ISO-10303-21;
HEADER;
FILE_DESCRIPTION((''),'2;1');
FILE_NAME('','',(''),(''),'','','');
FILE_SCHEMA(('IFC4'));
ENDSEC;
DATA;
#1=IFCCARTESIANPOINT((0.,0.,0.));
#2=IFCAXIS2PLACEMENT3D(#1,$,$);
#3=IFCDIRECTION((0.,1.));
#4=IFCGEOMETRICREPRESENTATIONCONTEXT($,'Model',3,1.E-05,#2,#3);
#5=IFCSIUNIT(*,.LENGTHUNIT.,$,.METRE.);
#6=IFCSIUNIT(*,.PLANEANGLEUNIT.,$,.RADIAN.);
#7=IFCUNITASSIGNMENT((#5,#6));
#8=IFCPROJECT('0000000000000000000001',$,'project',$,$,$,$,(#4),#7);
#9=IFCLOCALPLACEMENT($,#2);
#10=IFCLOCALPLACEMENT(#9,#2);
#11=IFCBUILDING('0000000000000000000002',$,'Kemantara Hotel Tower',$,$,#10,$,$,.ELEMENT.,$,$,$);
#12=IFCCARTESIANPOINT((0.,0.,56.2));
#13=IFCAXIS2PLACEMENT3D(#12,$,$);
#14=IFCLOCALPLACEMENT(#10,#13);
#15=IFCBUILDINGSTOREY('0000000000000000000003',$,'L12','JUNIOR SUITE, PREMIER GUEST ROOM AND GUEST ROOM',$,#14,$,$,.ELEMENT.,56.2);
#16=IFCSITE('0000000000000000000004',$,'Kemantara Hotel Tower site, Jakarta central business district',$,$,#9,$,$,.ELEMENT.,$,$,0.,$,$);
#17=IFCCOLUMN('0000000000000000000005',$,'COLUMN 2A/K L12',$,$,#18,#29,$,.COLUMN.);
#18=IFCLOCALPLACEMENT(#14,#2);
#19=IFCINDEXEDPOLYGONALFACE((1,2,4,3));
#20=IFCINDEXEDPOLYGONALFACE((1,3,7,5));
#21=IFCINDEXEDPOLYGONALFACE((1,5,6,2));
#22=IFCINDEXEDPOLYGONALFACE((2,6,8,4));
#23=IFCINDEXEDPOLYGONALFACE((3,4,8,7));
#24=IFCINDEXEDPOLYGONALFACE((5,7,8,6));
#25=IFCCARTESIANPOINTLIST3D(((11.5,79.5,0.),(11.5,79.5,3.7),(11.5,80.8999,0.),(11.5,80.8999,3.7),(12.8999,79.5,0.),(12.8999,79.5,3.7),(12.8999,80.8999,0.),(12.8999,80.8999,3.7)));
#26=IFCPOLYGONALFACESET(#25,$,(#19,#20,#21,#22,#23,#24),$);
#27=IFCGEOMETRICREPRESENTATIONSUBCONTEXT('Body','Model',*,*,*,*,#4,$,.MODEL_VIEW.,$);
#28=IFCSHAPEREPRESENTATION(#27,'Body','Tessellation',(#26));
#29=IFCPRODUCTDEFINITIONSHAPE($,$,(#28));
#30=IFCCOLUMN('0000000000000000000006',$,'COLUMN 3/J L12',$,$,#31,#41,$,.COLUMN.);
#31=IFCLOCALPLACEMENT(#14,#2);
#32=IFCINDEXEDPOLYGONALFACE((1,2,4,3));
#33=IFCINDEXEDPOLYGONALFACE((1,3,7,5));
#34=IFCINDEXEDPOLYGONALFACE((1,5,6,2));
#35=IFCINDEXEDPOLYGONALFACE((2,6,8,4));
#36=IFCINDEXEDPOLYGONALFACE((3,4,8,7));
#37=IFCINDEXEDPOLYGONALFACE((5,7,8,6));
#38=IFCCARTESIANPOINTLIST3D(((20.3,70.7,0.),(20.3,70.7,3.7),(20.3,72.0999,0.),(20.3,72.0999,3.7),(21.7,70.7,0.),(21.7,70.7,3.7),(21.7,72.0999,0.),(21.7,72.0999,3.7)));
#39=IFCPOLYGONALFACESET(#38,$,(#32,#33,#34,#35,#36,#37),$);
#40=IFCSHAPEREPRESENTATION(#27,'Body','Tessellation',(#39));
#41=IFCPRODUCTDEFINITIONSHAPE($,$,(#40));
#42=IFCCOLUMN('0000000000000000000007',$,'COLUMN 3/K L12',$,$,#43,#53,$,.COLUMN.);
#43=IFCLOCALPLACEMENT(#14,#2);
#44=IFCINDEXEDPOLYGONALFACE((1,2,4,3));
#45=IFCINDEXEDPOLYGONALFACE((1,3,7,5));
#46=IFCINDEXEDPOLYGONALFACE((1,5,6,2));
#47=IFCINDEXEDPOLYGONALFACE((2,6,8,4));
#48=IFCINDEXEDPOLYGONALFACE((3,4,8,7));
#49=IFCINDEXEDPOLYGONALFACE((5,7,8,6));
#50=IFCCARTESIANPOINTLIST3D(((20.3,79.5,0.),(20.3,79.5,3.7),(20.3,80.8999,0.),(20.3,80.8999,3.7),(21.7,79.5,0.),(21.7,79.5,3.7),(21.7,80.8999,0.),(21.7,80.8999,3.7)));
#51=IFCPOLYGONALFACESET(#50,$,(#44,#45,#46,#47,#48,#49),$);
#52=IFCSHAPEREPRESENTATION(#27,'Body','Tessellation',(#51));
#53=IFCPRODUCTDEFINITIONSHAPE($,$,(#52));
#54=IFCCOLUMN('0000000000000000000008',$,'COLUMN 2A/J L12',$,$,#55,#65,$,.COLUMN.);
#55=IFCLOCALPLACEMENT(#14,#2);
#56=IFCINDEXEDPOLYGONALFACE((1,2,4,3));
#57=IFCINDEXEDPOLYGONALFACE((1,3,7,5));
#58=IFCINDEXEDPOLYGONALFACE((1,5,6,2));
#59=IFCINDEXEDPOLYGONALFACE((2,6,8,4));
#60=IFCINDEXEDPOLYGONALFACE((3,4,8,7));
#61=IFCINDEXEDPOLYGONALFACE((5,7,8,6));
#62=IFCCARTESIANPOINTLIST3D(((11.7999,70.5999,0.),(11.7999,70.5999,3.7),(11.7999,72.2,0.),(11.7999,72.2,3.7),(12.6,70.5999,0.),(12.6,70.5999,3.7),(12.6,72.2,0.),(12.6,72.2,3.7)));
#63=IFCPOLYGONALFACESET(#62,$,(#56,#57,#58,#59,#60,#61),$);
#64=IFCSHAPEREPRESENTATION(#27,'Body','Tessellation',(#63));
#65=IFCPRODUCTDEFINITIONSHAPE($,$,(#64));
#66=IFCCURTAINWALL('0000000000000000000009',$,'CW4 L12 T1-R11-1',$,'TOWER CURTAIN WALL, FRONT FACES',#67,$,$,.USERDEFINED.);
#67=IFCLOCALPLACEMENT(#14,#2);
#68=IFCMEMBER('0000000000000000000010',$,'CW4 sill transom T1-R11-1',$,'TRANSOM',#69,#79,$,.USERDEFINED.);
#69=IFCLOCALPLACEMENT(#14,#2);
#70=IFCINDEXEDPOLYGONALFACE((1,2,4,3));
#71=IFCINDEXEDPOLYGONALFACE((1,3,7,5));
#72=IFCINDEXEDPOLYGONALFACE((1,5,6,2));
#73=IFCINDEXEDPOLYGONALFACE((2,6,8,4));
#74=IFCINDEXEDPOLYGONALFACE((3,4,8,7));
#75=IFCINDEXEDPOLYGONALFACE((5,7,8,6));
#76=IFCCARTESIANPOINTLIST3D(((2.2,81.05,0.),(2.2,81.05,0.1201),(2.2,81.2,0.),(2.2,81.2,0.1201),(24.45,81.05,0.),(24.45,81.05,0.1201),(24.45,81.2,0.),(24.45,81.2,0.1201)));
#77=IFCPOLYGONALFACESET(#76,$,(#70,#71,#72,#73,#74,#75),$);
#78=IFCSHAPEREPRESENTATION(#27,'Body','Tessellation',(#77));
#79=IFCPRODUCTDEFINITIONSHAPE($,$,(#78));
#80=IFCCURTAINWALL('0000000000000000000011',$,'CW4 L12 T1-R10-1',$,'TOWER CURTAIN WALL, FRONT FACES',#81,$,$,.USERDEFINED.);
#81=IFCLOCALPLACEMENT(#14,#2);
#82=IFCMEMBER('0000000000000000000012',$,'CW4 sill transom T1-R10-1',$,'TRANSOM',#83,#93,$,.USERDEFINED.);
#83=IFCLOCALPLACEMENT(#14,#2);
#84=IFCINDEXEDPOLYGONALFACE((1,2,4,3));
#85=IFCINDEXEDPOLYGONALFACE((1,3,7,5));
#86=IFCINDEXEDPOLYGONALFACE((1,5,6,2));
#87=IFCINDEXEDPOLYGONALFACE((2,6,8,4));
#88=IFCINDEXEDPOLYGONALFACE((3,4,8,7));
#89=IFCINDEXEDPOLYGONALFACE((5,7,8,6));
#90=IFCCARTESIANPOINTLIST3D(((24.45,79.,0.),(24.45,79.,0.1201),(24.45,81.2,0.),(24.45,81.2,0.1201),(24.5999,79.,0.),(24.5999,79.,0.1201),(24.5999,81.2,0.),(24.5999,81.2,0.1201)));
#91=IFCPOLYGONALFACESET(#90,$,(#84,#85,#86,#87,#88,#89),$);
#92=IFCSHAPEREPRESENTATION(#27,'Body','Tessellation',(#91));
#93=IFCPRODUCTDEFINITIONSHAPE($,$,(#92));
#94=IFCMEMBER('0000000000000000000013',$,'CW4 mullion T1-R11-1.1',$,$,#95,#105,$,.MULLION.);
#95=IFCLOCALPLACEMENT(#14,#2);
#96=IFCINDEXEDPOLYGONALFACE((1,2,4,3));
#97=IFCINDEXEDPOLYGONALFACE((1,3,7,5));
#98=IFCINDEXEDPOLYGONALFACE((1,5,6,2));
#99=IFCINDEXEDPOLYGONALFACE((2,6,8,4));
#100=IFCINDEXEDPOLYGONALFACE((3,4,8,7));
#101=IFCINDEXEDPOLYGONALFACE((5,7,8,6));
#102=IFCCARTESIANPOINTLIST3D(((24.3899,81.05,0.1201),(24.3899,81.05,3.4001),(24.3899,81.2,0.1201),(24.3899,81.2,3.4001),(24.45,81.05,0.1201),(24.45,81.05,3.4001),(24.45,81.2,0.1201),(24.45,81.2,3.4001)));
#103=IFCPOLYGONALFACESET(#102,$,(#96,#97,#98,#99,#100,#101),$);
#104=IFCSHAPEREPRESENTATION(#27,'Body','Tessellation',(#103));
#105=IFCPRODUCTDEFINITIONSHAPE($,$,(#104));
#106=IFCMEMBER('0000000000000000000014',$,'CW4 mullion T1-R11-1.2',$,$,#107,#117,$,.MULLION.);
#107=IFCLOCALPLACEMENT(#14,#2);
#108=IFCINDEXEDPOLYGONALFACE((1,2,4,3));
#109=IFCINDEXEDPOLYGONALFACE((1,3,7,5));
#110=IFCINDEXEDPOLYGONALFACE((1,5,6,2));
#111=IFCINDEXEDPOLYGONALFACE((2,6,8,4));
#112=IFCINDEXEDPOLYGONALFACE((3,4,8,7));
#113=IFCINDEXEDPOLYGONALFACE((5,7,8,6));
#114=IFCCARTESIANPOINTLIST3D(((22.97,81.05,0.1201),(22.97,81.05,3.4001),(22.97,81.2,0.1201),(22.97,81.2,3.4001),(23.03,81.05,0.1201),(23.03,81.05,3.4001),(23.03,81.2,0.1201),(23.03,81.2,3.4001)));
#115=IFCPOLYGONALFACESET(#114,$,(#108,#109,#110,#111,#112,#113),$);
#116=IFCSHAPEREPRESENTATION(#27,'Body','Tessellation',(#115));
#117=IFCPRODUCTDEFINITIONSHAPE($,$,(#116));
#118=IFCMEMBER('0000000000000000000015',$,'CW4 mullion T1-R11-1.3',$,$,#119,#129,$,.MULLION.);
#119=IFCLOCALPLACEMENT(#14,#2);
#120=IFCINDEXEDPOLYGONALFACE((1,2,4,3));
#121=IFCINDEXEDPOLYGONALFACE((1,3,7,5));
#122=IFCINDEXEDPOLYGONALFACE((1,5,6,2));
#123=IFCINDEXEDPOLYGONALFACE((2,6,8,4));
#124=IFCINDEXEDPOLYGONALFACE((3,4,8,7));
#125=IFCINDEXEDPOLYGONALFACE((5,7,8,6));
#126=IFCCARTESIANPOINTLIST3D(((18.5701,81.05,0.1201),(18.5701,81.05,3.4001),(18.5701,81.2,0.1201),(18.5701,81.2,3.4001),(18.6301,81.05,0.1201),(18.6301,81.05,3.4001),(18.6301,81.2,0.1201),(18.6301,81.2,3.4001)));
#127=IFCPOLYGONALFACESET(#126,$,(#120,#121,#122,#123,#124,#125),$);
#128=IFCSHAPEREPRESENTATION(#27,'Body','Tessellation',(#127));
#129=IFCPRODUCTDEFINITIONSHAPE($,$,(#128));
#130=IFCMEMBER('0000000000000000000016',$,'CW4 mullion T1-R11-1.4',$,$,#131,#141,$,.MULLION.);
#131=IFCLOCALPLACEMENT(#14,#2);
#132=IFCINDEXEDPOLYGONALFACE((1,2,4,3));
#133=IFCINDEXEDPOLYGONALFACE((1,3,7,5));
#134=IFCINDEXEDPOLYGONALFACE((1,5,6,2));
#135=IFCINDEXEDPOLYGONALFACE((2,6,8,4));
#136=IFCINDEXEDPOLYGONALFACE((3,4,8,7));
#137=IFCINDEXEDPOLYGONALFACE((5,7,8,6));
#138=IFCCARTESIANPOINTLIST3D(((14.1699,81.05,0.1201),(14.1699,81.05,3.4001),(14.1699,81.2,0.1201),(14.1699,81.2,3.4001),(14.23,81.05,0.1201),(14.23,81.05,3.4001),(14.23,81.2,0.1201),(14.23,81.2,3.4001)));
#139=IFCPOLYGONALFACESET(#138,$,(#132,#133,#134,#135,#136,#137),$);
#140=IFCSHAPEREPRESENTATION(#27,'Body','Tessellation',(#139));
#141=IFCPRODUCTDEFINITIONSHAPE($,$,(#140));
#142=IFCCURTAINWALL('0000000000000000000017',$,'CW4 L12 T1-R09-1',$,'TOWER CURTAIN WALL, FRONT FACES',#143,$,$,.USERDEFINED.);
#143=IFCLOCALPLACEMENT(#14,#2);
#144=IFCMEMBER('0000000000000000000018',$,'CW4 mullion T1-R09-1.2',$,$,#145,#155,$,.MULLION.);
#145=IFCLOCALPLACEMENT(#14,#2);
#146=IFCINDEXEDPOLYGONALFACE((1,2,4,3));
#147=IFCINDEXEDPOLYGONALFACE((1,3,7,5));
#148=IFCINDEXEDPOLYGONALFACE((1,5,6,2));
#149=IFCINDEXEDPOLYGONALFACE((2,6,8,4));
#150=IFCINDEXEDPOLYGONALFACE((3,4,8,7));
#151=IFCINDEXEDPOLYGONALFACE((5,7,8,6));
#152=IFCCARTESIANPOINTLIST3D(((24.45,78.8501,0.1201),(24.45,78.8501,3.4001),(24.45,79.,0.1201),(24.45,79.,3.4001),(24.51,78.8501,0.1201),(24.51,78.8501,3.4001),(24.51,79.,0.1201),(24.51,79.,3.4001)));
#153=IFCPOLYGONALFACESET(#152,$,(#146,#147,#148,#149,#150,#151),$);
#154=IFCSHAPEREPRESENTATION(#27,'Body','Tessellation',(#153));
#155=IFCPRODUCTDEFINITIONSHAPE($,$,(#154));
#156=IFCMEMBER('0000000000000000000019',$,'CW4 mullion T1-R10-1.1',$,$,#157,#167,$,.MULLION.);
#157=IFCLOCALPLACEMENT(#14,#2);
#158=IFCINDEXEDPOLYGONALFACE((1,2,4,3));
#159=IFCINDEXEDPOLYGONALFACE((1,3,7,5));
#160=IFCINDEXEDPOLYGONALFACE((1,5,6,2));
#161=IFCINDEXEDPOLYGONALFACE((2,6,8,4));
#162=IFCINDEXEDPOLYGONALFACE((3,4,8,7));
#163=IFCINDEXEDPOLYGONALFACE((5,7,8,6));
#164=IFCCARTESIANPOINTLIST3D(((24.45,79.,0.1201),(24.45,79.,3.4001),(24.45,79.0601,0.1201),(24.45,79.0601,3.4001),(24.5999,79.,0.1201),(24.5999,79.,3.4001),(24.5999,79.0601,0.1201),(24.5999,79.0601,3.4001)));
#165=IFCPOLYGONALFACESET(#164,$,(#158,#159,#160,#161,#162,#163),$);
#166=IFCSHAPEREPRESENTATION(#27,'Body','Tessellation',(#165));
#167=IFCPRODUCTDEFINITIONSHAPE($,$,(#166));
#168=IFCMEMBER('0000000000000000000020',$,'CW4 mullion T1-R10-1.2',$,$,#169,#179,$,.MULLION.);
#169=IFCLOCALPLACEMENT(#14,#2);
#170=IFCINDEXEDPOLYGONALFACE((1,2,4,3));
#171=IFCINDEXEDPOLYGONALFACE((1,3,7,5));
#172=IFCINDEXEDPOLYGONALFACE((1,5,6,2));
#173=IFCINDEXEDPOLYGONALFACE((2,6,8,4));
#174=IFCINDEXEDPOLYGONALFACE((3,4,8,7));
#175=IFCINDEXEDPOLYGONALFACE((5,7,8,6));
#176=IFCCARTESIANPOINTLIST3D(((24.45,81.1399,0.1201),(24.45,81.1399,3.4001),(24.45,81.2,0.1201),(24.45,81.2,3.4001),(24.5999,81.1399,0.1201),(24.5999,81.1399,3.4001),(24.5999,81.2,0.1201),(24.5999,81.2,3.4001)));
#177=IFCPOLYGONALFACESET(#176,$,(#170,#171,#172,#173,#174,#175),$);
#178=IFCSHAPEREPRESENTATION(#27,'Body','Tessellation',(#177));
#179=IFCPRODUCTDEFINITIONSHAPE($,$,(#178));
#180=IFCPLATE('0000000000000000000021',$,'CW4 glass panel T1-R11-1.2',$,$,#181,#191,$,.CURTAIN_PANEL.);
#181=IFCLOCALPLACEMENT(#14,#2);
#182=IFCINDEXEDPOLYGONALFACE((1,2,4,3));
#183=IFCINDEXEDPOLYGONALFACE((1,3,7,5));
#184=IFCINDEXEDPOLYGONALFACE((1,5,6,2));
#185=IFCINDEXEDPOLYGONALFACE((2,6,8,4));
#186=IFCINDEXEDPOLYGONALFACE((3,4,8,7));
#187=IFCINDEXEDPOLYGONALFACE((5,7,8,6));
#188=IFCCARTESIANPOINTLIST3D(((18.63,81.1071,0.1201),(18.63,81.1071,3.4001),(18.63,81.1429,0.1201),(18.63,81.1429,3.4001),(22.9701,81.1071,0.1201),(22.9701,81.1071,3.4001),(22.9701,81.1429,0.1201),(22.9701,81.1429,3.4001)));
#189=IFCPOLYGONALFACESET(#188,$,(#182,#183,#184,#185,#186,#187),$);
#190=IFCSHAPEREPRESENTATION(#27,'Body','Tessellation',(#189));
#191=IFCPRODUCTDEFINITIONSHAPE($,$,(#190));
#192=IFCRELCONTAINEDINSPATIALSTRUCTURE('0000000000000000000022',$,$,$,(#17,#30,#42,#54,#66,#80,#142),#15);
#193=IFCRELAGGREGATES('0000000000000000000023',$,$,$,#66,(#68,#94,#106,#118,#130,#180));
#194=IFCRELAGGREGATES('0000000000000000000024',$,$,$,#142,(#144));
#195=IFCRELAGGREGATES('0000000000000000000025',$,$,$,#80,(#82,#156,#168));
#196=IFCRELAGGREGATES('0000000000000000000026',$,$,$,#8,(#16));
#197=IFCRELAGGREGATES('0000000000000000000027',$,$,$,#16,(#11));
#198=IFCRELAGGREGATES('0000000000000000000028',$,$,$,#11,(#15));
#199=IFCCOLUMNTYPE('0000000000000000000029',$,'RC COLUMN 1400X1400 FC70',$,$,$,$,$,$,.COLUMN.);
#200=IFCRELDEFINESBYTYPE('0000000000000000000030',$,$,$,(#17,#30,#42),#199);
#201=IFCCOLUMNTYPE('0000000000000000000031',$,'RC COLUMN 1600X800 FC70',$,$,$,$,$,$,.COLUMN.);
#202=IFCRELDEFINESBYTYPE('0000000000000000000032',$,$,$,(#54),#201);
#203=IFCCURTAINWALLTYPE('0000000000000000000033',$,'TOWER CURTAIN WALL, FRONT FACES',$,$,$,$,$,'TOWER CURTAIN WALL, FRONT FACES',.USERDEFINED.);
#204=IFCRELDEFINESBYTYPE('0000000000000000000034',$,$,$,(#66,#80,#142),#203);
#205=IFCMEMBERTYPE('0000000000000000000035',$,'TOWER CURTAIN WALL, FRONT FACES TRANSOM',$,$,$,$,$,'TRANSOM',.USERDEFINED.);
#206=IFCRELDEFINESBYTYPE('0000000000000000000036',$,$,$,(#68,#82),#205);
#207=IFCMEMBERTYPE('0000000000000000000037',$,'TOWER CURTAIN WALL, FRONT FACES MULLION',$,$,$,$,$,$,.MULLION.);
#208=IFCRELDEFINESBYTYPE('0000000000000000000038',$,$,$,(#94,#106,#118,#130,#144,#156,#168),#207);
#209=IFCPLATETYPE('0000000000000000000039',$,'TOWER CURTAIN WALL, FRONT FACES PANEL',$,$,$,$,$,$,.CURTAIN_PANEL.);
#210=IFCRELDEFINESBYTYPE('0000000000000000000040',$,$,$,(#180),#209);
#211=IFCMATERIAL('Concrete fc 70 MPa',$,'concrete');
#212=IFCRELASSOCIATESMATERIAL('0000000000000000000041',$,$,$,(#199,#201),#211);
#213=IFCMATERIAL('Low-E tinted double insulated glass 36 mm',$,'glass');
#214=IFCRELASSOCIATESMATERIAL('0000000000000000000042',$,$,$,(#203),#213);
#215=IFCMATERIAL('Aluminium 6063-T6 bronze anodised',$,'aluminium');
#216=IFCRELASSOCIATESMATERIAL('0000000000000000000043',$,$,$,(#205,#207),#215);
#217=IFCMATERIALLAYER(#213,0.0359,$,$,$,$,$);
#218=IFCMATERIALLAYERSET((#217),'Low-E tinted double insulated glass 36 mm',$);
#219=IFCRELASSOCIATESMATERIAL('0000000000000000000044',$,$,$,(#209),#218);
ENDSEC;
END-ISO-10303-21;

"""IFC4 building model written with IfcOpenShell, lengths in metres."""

from ifc_helpers import new_model, si_unit, direction, frame, origin, origin_2d, place, context, subcontext, project, spatial, rectangle, extrude, source, transform, mapped, material, layer, layer_set, material_profile, profile_set, type_object, element, aggregate, save


model = new_model("IFC4")

# Units and contexts
model_context = context("Model", 3, precision=1e-05, world=origin(), true_north=direction((0.0, 1.0)))
body_context = subcontext(model_context, "Body", "Model", "MODEL_VIEW")
ifc_project = project(units=[si_unit("LENGTHUNIT", "METRE"), si_unit("PLANEANGLEUNIT", "RADIAN")], contexts=[model_context])

# Site, building, storey
site_placement = place(None, origin())
site = spatial("IfcSite", under=ifc_project, at=site_placement, Name="Kemantara Hotel Tower site, Jakarta central business district", CompositionType="ELEMENT", RefElevation=0.0)
building_placement = place(site_placement, origin())
building = spatial("IfcBuilding", under=site, at=building_placement, Name="Kemantara Hotel Tower", CompositionType="ELEMENT")
storey_placement = place(building_placement, frame((0.0, 0.0, 56.2)))
storey = spatial("IfcBuildingStorey", under=building, at=storey_placement, Name="L12", Description="JUNIOR SUITE, PREMIER GUEST ROOM AND GUEST ROOM", CompositionType="ELEMENT", Elevation=56.2)

# Columns
ifc_material_1 = material(Name="Concrete fc 70 MPa", Category="concrete")
ifc_material_profile_1 = material_profile(ifc_material_1, rectangle(XDim=1.3999, YDim=1.3999, at=origin_2d()), Name="RC 1400X1400")
ifc_profile_set_1 = profile_set([ifc_material_profile_1], Name="Concrete fc 70 MPa")
column_type_1 = type_object("IfcColumnType", Name="RC COLUMN 1400X1400 FC70", PredefinedType="COLUMN", material=ifc_profile_set_1)
for number, where, z_axis, x_axis, name in (
    (1, (12.2, 80.2, 0.0), (0.0, 0.0, 1.0), (1.0, 0.0, 0.0), "COLUMN 2A/K L12"),
    (2, (21.0, 71.3999, 0.0), (0.0, 0.0, 1.0), (1.0, 0.0, 0.0), "COLUMN 3/J L12"),
    (3, (21.0, 80.2, 0.0), (0.0, 0.0, 1.0), (1.0, 0.0, 0.0), "COLUMN 3/K L12"),
):
    element("IfcColumn", number, at=place(storey_placement, frame(where, z_axis=z_axis, x_axis=x_axis)), inside=storey, type_object=column_type_1, Name=name, PredefinedType="COLUMN", context=body_context, shape_type="SweptSolid", body=[
        extrude(rectangle(XDim=1.3999, YDim=1.3999, at=origin_2d()), origin(), (0.0, 0.0, 1.0), 3.7),
    ])
ifc_material_profile_2 = material_profile(ifc_material_1, rectangle(XDim=1.6001, YDim=0.8, at=origin_2d()), Name="RC 1600X800")
ifc_profile_set_2 = profile_set([ifc_material_profile_2], Name="Concrete fc 70 MPa")
column_type_2 = type_object("IfcColumnType", Name="RC COLUMN 1600X800 FC70", PredefinedType="COLUMN", material=ifc_profile_set_2)
column_placement = place(storey_placement, frame((12.2, 71.3999, 0.0), z_axis=(0.0, 0.0, 1.0), x_axis=(0.0, 1.0, 0.0)))
element("IfcColumn", 4, at=column_placement, inside=storey, type_object=column_type_2, Name="COLUMN 2A/J L12", PredefinedType="COLUMN", context=body_context, shape_type="SweptSolid", body=[
    extrude(rectangle(XDim=1.6001, YDim=0.8, at=origin_2d()), origin(), (0.0, 0.0, 1.0), 3.7),
])

# Curtain walls, members
ifc_material_2 = material(Name="Low-E tinted double insulated glass 36 mm", Category="glass")
curtain_wall_type = type_object("IfcCurtainWallType", Name="TOWER CURTAIN WALL, FRONT FACES", ElementType="TOWER CURTAIN WALL, FRONT FACES", PredefinedType="USERDEFINED", material=ifc_material_2)
curtain_wall_1_placement = place(storey_placement, origin())
curtain_wall_1 = element("IfcCurtainWall", 5, at=curtain_wall_1_placement, inside=storey, type_object=curtain_wall_type, Name="CW4 L12 T1-R11-1", ObjectType="TOWER CURTAIN WALL, FRONT FACES", PredefinedType="USERDEFINED")
ifc_material_3 = material(Name="Aluminium 6063-T6 bronze anodised", Category="aluminium")
ifc_material_profile_3 = material_profile(ifc_material_3, rectangle(XDim=0.1499, YDim=0.1201, at=origin_2d()), Name="TOWER CURTAIN WALL, FRONT FACES TRANSOM")
ifc_profile_set_3 = profile_set([ifc_material_profile_3], Name="Aluminium 6063-T6 bronze anodised")
member_type_1 = type_object("IfcMemberType", Name="TOWER CURTAIN WALL, FRONT FACES TRANSOM", ElementType="TRANSOM", PredefinedType="USERDEFINED", material=ifc_profile_set_3)
member_1_placement = place(storey_placement, frame((24.45, 81.125, 0.0601), z_axis=(-1.0, 0.0, 0.0), x_axis=(0.0, -1.0, 0.0)))
member_1 = element("IfcMember", 6, at=member_1_placement, type_object=member_type_1, Name="CW4 sill transom T1-R11-1", ObjectType="TRANSOM", PredefinedType="USERDEFINED", context=body_context, shape_type="SweptSolid", body=[
    extrude(rectangle(XDim=0.1499, YDim=0.1201, at=origin_2d()), origin(), (0.0, 0.0, 1.0), 22.25),
])
curtain_wall_2_placement = place(storey_placement, origin())
curtain_wall_2 = element("IfcCurtainWall", 7, at=curtain_wall_2_placement, inside=storey, type_object=curtain_wall_type, Name="CW4 L12 T1-R10-1", ObjectType="TOWER CURTAIN WALL, FRONT FACES", PredefinedType="USERDEFINED")
member_2_placement = place(storey_placement, frame((24.5249, 79.0, 0.0601), z_axis=(0.0, 1.0, 0.0), x_axis=(-1.0, 0.0, 0.0)))
member_2 = element("IfcMember", 8, at=member_2_placement, type_object=member_type_1, Name="CW4 sill transom T1-R10-1", ObjectType="TRANSOM", PredefinedType="USERDEFINED", context=body_context, shape_type="SweptSolid", body=[
    extrude(rectangle(XDim=0.1499, YDim=0.1201, at=origin_2d()), origin(), (0.0, 0.0, 1.0), 2.2),
])

# Members
ifc_material_profile_4 = material_profile(ifc_material_3, rectangle(XDim=0.1499, YDim=0.0601, at=origin_2d()), Name="TOWER CURTAIN WALL, FRONT FACES MULLION")
ifc_profile_set_4 = profile_set([ifc_material_profile_4], Name="Aluminium 6063-T6 bronze anodised")
member_type_2 = type_object("IfcMemberType", Name="TOWER CURTAIN WALL, FRONT FACES MULLION", PredefinedType="MULLION", material=ifc_profile_set_4)
shared_shape_1 = source(origin(), body_context, "Body", "SweptSolid", [
    extrude(rectangle(XDim=0.1499, YDim=0.0601, at=origin_2d()), origin(), (0.0, 0.0, 1.0), 3.28),
])
member_3_placement = place(storey_placement, frame((24.4199, 81.125, 0.1201), z_axis=(0.0, 0.0, 1.0), x_axis=(0.0, -1.0, 0.0)))
member_3 = element("IfcMember", 9, at=member_3_placement, type_object=member_type_2, Name="CW4 mullion T1-R11-1.1", PredefinedType="MULLION", context=body_context, shape_type="MappedRepresentation", body=[
    mapped(shared_shape_1, transform((0.0, 0.0, 0.0))),
])
member_4_placement = place(storey_placement, frame((23.0, 81.125, 0.1201), z_axis=(0.0, 0.0, 1.0), x_axis=(0.0, -1.0, 0.0)))
member_4 = element("IfcMember", 10, at=member_4_placement, type_object=member_type_2, Name="CW4 mullion T1-R11-1.2", PredefinedType="MULLION", context=body_context, shape_type="MappedRepresentation", body=[
    mapped(shared_shape_1, transform((0.0, 0.0, 0.0))),
])
member_5_placement = place(storey_placement, frame((18.6001, 81.125, 0.1201), z_axis=(0.0, 0.0, 1.0), x_axis=(0.0, -1.0, 0.0)))
member_5 = element("IfcMember", 11, at=member_5_placement, type_object=member_type_2, Name="CW4 mullion T1-R11-1.3", PredefinedType="MULLION", context=body_context, shape_type="MappedRepresentation", body=[
    mapped(shared_shape_1, transform((0.0, 0.0, 0.0))),
])
member_6_placement = place(storey_placement, frame((14.2, 81.125, 0.1201), z_axis=(0.0, 0.0, 1.0), x_axis=(0.0, -1.0, 0.0)))
member_6 = element("IfcMember", 12, at=member_6_placement, type_object=member_type_2, Name="CW4 mullion T1-R11-1.4", PredefinedType="MULLION", context=body_context, shape_type="MappedRepresentation", body=[
    mapped(shared_shape_1, transform((0.0, 0.0, 0.0))),
])

# Curtain wall, member
curtain_wall_3_placement = place(storey_placement, origin())
curtain_wall_3 = element("IfcCurtainWall", 13, at=curtain_wall_3_placement, inside=storey, type_object=curtain_wall_type, Name="CW4 L12 T1-R09-1", ObjectType="TOWER CURTAIN WALL, FRONT FACES", PredefinedType="USERDEFINED")
member_7_placement = place(storey_placement, frame((24.48, 78.925, 0.1201), z_axis=(0.0, 0.0, 1.0), x_axis=(0.0, -1.0, 0.0)))
member_7 = element("IfcMember", 14, at=member_7_placement, type_object=member_type_2, Name="CW4 mullion T1-R09-1.2", PredefinedType="MULLION", context=body_context, shape_type="MappedRepresentation", body=[
    mapped(shared_shape_1, transform((0.0, 0.0, 0.0))),
])

# Members
member_8_placement = place(storey_placement, frame((24.5249, 79.03, 0.1201), z_axis=(0.0, 0.0, 1.0), x_axis=(-1.0, 0.0, 0.0)))
member_8 = element("IfcMember", 15, at=member_8_placement, type_object=member_type_2, Name="CW4 mullion T1-R10-1.1", PredefinedType="MULLION", context=body_context, shape_type="MappedRepresentation", body=[
    mapped(shared_shape_1, transform((0.0, 0.0, 0.0))),
])
member_9_placement = place(storey_placement, frame((24.5249, 81.1699, 0.1201), z_axis=(0.0, 0.0, 1.0), x_axis=(-1.0, 0.0, 0.0)))
member_9 = element("IfcMember", 16, at=member_9_placement, type_object=member_type_2, Name="CW4 mullion T1-R10-1.2", PredefinedType="MULLION", context=body_context, shape_type="MappedRepresentation", body=[
    mapped(shared_shape_1, transform((0.0, 0.0, 0.0))),
])

# Plate
ifc_layer_1 = layer(ifc_material_2, 0.0359)
ifc_layer_set_1 = layer_set([ifc_layer_1], Name="Low-E tinted double insulated glass 36 mm")
plate_type = type_object("IfcPlateType", Name="TOWER CURTAIN WALL, FRONT FACES PANEL", PredefinedType="CURTAIN_PANEL", material=ifc_layer_set_1)
shared_shape_2 = source(origin(), body_context, "Body", "SweptSolid", [
    extrude(rectangle(XDim=4.3401, YDim=0.0359, at=origin_2d()), origin(), (0.0, 0.0, 1.0), 3.28),
])
plate_1_placement = place(storey_placement, frame((20.8, 81.125, 0.1201), z_axis=(0.0, 0.0, 1.0), x_axis=(-1.0, 0.0, 0.0)))
plate_1 = element("IfcPlate", 17, at=plate_1_placement, type_object=plate_type, Name="CW4 glass panel T1-R11-1.2", PredefinedType="CURTAIN_PANEL", context=body_context, shape_type="MappedRepresentation", body=[
    mapped(shared_shape_2, transform((0.0, 0.0, 0.0))),
])
aggregate(curtain_wall_1, [member_1, member_3, member_4, member_5, member_6, plate_1])
aggregate(curtain_wall_3, [member_7])
aggregate(curtain_wall_2, [member_2, member_8, member_9])

save(model, "model.ifc")
